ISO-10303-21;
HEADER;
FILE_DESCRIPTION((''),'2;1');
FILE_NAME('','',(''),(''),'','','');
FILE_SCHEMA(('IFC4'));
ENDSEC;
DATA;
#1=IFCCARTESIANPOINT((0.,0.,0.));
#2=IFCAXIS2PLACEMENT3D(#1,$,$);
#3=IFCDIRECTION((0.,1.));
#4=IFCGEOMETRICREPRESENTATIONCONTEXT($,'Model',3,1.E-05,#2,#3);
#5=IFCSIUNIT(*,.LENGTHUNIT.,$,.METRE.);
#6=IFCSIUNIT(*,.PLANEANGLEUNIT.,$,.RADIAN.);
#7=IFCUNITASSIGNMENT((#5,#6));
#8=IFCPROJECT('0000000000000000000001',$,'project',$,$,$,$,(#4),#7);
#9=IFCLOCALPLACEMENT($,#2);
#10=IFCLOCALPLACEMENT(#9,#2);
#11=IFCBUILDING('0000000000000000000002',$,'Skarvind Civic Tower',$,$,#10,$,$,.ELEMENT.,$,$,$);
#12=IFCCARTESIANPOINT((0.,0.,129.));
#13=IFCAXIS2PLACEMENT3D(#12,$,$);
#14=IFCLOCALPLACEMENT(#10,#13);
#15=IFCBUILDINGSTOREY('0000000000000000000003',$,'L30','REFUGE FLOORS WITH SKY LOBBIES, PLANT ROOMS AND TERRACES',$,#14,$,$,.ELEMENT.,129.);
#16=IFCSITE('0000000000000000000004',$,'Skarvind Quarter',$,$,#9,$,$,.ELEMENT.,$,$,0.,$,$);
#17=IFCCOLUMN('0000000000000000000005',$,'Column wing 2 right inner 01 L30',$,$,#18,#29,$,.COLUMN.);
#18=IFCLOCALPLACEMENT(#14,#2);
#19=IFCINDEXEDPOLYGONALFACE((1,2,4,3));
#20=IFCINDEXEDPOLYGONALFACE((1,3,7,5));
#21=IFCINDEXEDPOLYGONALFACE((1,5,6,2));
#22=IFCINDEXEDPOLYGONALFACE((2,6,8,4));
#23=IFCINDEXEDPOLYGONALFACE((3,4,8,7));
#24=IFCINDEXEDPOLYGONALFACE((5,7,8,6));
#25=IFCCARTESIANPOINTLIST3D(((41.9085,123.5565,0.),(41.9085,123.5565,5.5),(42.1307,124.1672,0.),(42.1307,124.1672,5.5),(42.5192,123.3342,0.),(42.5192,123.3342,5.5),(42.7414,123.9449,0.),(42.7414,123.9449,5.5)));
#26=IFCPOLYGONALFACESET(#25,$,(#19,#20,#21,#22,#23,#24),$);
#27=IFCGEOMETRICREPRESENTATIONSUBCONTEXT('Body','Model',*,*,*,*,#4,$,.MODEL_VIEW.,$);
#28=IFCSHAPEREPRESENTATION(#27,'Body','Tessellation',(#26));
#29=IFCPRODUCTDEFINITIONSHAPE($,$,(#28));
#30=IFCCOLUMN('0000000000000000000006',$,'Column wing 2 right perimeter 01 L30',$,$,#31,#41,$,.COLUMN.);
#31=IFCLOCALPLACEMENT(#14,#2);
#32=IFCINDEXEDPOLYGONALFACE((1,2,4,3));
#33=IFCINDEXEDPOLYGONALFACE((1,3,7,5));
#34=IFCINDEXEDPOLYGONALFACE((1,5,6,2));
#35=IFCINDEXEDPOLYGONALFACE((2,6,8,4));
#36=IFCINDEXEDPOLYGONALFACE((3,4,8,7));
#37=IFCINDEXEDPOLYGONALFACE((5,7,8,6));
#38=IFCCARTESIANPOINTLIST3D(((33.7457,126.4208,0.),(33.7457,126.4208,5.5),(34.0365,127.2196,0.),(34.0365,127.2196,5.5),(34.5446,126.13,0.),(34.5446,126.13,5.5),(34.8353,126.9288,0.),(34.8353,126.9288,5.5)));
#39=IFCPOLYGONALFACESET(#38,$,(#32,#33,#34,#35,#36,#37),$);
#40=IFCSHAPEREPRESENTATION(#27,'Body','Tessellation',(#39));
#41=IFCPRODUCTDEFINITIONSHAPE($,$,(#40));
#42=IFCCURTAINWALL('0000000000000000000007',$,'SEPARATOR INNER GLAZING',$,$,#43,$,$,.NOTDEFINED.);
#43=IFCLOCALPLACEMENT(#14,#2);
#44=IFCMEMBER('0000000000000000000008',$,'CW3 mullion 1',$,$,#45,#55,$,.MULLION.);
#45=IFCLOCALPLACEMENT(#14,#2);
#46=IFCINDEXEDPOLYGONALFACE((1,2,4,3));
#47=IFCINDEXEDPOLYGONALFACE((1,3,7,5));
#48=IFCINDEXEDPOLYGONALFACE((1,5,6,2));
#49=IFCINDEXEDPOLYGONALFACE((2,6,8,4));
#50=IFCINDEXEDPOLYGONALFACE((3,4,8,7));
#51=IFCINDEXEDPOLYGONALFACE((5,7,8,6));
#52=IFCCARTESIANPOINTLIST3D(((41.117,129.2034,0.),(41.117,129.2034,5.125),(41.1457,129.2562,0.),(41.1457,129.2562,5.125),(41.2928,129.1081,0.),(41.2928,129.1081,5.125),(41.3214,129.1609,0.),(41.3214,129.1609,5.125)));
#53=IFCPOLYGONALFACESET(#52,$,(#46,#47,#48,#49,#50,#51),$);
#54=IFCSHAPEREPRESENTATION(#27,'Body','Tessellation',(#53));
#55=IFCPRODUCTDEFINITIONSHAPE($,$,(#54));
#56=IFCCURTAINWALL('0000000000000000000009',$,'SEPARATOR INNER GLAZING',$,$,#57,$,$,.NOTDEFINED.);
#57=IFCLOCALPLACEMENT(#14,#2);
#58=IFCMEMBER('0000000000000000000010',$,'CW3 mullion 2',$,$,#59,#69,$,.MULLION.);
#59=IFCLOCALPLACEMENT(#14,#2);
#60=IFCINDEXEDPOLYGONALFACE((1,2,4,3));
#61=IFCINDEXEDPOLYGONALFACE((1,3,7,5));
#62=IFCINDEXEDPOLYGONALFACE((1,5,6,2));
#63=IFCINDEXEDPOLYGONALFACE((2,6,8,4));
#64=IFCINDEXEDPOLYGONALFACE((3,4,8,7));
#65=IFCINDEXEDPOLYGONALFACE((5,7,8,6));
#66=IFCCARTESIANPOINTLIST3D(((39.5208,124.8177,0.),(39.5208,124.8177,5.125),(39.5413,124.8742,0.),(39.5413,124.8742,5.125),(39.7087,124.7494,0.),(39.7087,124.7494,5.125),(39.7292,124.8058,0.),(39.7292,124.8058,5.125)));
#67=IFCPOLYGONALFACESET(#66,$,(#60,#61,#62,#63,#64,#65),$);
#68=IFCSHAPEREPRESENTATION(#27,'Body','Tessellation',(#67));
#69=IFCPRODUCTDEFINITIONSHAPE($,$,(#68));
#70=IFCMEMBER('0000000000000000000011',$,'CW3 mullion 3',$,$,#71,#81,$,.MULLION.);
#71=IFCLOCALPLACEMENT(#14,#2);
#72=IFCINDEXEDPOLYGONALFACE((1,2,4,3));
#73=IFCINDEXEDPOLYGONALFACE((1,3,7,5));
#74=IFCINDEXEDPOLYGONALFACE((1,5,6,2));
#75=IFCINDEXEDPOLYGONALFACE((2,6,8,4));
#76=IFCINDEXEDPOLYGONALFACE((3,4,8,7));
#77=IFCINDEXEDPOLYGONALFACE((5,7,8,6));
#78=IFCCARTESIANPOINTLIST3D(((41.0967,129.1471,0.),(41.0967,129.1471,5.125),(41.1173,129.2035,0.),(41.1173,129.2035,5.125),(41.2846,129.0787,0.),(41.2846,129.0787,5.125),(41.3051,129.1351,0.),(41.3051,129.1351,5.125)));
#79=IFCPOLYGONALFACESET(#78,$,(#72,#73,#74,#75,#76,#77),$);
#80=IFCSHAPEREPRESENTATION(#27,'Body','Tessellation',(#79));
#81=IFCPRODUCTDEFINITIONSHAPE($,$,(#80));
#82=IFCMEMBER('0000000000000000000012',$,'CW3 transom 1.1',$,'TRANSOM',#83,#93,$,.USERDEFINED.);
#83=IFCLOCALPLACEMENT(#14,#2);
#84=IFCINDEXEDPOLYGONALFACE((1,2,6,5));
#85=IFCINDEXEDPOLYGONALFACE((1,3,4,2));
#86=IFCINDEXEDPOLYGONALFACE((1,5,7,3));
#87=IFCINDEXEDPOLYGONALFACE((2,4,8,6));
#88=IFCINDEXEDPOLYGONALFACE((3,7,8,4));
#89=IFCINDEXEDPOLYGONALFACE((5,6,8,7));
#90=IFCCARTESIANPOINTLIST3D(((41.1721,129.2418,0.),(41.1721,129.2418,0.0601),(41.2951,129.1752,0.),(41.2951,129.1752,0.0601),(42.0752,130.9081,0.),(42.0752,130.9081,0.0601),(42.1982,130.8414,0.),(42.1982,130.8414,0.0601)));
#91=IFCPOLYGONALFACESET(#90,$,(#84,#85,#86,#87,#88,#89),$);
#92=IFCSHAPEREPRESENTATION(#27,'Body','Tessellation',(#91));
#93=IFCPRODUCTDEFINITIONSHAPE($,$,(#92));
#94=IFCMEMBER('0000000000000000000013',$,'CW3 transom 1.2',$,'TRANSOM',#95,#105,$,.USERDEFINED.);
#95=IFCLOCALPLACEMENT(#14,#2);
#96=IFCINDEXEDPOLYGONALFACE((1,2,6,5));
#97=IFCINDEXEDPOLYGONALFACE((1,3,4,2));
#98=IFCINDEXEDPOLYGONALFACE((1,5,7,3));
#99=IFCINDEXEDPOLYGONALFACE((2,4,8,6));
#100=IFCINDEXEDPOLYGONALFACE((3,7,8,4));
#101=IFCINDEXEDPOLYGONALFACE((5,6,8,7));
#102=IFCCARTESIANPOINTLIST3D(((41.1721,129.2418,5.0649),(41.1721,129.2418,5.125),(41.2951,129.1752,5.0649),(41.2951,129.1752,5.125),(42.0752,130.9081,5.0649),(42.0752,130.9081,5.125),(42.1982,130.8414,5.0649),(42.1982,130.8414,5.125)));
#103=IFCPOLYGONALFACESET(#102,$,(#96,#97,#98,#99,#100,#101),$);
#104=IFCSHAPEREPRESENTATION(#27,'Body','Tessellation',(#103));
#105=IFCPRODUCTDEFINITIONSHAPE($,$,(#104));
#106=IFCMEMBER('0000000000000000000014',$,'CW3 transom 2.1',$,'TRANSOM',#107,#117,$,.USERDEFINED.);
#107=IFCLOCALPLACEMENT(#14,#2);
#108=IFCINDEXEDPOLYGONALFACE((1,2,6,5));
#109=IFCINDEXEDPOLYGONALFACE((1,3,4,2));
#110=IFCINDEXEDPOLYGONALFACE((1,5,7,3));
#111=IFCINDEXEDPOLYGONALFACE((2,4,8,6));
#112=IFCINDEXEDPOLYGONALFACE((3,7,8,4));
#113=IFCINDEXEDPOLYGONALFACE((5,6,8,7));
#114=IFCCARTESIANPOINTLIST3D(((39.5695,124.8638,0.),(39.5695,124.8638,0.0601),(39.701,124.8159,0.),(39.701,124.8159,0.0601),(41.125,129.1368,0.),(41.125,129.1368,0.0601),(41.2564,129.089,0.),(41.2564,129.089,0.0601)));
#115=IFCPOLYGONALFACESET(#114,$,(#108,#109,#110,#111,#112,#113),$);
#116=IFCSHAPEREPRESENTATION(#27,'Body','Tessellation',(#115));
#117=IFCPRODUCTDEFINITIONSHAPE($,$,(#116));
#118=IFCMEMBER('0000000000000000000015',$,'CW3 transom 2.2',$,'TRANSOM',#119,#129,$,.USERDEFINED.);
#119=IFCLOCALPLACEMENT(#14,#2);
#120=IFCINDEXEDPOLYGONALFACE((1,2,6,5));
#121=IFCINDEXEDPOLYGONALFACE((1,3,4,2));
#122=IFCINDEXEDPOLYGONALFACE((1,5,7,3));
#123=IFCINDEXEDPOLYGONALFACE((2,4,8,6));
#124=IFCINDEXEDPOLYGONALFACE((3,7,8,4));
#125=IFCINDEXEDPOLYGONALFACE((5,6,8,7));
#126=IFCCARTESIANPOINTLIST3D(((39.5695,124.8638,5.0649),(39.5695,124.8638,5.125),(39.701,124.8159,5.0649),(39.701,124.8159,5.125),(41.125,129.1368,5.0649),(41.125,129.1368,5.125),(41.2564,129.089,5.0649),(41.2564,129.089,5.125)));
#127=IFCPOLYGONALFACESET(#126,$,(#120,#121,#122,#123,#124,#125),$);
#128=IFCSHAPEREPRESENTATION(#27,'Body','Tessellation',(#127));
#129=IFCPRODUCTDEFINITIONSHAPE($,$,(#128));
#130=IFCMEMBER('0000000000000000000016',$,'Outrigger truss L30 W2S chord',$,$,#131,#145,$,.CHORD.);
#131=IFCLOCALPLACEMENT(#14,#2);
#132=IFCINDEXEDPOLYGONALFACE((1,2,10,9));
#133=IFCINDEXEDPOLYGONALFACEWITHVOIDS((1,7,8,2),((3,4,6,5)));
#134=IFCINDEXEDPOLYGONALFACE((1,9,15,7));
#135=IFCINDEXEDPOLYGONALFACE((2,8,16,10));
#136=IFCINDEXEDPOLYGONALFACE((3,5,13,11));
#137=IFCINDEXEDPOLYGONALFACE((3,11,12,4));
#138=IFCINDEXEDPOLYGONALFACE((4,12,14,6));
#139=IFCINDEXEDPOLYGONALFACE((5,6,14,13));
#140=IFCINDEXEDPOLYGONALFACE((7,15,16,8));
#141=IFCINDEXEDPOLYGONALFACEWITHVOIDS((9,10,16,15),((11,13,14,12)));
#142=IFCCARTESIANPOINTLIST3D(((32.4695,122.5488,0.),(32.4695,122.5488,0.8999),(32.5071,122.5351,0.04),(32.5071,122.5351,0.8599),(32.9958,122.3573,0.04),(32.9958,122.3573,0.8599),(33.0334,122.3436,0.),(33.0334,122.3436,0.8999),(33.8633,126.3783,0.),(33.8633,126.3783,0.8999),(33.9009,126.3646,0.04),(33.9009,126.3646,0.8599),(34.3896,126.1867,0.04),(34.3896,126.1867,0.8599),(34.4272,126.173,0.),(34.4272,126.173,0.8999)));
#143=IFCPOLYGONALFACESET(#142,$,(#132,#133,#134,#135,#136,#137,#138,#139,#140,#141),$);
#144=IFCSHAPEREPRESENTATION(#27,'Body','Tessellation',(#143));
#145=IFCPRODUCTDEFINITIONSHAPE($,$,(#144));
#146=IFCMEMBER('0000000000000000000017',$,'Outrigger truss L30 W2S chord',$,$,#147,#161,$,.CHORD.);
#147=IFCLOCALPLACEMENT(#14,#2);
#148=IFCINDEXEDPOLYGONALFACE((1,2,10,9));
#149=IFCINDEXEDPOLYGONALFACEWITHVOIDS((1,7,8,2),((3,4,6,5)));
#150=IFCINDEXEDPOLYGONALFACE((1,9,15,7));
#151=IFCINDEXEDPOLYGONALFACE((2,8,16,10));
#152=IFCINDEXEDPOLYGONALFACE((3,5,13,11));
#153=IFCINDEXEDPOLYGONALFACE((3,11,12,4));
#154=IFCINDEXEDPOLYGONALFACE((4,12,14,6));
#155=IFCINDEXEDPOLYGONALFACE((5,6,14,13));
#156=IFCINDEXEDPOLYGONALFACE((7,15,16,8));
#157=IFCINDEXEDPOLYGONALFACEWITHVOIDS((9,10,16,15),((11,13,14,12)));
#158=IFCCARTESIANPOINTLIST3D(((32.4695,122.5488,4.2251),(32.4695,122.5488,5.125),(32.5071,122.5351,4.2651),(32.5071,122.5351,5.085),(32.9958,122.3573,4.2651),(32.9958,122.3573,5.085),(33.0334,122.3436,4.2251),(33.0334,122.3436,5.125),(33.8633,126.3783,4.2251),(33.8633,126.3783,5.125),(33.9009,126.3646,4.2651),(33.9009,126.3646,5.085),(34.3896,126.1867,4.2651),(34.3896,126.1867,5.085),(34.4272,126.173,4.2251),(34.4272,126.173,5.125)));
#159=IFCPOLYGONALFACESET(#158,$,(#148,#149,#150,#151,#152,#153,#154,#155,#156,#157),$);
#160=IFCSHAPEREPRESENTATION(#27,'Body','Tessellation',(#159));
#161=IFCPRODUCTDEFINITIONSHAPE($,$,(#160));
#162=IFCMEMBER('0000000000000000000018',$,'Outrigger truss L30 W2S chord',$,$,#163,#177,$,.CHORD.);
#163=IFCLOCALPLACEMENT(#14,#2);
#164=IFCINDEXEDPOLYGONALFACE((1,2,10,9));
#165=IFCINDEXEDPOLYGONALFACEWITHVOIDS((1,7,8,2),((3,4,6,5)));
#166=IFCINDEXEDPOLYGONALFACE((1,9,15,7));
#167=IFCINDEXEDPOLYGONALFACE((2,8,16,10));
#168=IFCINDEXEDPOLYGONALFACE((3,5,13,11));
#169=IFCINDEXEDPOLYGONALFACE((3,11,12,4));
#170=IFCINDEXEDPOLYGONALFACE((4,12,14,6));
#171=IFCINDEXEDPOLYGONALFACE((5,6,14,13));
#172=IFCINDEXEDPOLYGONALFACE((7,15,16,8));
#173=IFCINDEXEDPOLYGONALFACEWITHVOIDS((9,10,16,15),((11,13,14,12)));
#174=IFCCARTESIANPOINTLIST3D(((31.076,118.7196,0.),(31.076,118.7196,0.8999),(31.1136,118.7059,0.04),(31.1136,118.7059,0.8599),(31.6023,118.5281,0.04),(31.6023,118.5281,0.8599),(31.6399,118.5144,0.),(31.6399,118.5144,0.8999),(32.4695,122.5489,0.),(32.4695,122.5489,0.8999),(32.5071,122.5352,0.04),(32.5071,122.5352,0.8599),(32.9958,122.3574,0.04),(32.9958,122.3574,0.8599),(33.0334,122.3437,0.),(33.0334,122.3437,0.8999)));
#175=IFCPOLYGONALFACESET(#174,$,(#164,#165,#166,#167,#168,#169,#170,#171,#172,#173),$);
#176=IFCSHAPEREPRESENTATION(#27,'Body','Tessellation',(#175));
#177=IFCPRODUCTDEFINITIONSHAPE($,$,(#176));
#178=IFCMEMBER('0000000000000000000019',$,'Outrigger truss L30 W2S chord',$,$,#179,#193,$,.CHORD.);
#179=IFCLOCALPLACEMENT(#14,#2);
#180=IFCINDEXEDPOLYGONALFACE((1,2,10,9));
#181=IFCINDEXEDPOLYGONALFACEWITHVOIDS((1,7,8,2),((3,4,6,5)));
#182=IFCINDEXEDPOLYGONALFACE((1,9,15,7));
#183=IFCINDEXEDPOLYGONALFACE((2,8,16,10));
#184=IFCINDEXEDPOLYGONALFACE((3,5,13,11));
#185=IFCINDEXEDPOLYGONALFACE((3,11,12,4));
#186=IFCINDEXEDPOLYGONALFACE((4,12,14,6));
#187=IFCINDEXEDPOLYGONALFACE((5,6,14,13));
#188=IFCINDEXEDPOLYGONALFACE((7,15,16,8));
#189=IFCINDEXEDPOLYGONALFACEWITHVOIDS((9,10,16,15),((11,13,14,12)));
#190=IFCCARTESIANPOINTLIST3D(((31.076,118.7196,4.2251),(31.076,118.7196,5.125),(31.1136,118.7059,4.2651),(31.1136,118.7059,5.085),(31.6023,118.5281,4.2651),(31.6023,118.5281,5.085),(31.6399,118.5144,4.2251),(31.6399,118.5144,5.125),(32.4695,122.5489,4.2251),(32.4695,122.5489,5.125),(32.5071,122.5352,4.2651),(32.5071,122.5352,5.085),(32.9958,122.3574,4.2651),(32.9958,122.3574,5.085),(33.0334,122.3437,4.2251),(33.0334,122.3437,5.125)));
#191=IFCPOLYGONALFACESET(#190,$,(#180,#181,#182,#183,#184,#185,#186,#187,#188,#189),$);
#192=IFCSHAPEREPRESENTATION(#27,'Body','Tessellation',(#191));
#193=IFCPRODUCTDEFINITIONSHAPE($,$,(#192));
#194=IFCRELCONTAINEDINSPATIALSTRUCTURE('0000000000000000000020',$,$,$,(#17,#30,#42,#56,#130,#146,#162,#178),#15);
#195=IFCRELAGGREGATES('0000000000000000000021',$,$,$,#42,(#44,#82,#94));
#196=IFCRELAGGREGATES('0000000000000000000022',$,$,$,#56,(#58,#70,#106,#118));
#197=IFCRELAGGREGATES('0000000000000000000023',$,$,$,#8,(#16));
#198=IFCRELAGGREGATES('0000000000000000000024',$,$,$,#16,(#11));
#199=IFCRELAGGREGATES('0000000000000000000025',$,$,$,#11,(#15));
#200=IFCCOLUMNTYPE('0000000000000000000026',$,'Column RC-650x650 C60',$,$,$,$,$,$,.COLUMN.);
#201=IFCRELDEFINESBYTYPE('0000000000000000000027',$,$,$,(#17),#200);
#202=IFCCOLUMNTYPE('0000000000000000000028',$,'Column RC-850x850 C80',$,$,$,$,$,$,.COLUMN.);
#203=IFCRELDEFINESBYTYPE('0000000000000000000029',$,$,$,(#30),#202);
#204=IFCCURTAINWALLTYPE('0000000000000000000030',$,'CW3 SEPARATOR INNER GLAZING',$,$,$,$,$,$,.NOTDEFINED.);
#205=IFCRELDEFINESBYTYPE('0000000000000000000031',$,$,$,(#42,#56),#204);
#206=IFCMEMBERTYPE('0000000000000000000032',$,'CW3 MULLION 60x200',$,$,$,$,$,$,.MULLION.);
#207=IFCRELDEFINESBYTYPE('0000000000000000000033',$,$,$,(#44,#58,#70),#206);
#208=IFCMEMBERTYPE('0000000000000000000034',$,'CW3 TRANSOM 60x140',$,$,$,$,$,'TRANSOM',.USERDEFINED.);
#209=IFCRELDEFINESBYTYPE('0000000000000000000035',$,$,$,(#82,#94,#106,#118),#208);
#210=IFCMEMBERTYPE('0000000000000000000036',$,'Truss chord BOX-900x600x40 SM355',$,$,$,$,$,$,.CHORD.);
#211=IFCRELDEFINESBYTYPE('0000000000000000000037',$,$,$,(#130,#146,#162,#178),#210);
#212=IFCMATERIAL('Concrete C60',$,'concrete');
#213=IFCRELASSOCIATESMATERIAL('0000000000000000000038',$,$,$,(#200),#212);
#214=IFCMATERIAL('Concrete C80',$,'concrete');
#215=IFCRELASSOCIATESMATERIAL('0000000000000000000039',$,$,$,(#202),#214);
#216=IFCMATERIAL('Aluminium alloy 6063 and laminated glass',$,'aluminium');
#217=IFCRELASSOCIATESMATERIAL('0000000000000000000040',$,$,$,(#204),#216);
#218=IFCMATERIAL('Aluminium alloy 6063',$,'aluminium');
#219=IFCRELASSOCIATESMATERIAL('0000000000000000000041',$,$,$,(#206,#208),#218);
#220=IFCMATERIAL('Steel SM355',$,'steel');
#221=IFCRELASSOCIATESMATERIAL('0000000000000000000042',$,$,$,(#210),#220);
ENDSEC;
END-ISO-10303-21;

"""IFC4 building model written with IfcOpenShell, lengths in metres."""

from ifc_helpers import new_model, si_unit, direction, frame, origin, origin_2d, place, context, subcontext, project, spatial, rectangle, hollow_rectangle, extrude, material, material_profile, profile_set, type_object, element, aggregate, save


model = new_model("IFC4")

# Units and contexts
model_context = context("Model", 3, precision=1e-05, world=origin(), true_north=direction((0.0, 1.0)))
body_context = subcontext(model_context, "Body", "Model", "MODEL_VIEW")
ifc_project = project(units=[si_unit("LENGTHUNIT", "METRE"), si_unit("PLANEANGLEUNIT", "RADIAN")], contexts=[model_context])

# Site, building, storey
site_placement = place(None, origin())
site = spatial("IfcSite", under=ifc_project, at=site_placement, Name="Skarvind Quarter", CompositionType="ELEMENT", RefElevation=0.0)
building_placement = place(site_placement, origin())
building = spatial("IfcBuilding", under=site, at=building_placement, Name="Skarvind Civic Tower", CompositionType="ELEMENT")
storey_placement = place(building_placement, frame((0.0, 0.0, 129.0)))
storey = spatial("IfcBuildingStorey", under=building, at=storey_placement, Name="L30", Description="REFUGE FLOORS WITH SKY LOBBIES, PLANT ROOMS AND TERRACES", CompositionType="ELEMENT", Elevation=129.0)

# Columns
ifc_material_1 = material(Name="Concrete C60", Category="concrete")
ifc_material_profile_1 = material_profile(ifc_material_1, rectangle(XDim=0.6499, YDim=0.6499, at=origin_2d()), Name="RC-650x650")
ifc_profile_set_1 = profile_set([ifc_material_profile_1], Name="Concrete C60")
column_type_1 = type_object("IfcColumnType", Name="Column RC-650x650 C60", PredefinedType="COLUMN", material=ifc_profile_set_1)
column_1_placement = place(storey_placement, frame((42.325, 123.7507, 0.0), z_axis=(0.0, 0.0, 1.0), x_axis=(-0.34202, -0.939693, 0.0)))
element("IfcColumn", 1, at=column_1_placement, inside=storey, type_object=column_type_1, Name="Column wing 2 right inner 01 L30", PredefinedType="COLUMN", context=body_context, shape_type="SweptSolid", body=[
    extrude(rectangle(XDim=0.6499, YDim=0.6499, at=origin_2d()), origin(), (0.0, 0.0, 1.0), 5.5),
])
ifc_material_2 = material(Name="Concrete C80", Category="concrete")
ifc_material_profile_2 = material_profile(ifc_material_2, rectangle(XDim=0.8501, YDim=0.8501, at=origin_2d()), Name="RC-850x850")
ifc_profile_set_2 = profile_set([ifc_material_profile_2], Name="Concrete C80")
column_type_2 = type_object("IfcColumnType", Name="Column RC-850x850 C80", PredefinedType="COLUMN", material=ifc_profile_set_2)
column_2_placement = place(storey_placement, frame((34.2905, 126.6748, 0.0), z_axis=(0.0, 0.0, 1.0), x_axis=(-0.34202, -0.939693, 0.0)))
element("IfcColumn", 2, at=column_2_placement, inside=storey, type_object=column_type_2, Name="Column wing 2 right perimeter 01 L30", PredefinedType="COLUMN", context=body_context, shape_type="SweptSolid", body=[
    extrude(rectangle(XDim=0.8501, YDim=0.8501, at=origin_2d()), origin(), (0.0, 0.0, 1.0), 5.5),
])

# Curtain wall, member
ifc_material_3 = material(Name="Aluminium alloy 6063 and laminated glass", Category="aluminium")
curtain_wall_type = type_object("IfcCurtainWallType", Name="CW3 SEPARATOR INNER GLAZING", PredefinedType="NOTDEFINED", material=ifc_material_3)
curtain_wall_1_placement = place(storey_placement, origin())
curtain_wall_1 = element("IfcCurtainWall", 3, at=curtain_wall_1_placement, inside=storey, type_object=curtain_wall_type, Name="SEPARATOR INNER GLAZING", PredefinedType="NOTDEFINED")
ifc_material_4 = material(Name="Aluminium alloy 6063", Category="aluminium")
ifc_material_profile_3 = material_profile(ifc_material_4, rectangle(XDim=0.2, YDim=0.0601, at=origin_2d()), Name="AL 60x200")
ifc_profile_set_3 = profile_set([ifc_material_profile_3], Name="Aluminium alloy 6063")
member_type_1 = type_object("IfcMemberType", Name="CW3 MULLION 60x200", PredefinedType="MULLION", material=ifc_profile_set_3)
member_1_placement = place(storey_placement, frame((41.2192, 129.1821, 0.0), z_axis=(0.0, 0.0, 1.0), x_axis=(-0.87915, 0.476545, 0.0)))
member_1 = element("IfcMember", 4, at=member_1_placement, type_object=member_type_1, Name="CW3 mullion 1", PredefinedType="MULLION", context=body_context, shape_type="SweptSolid", body=[
    extrude(rectangle(XDim=0.2, YDim=0.0601, at=origin_2d()), origin(), (0.0, 0.0, 1.0), 5.125),
])

# Curtain wall, members
curtain_wall_2_placement = place(storey_placement, origin())
curtain_wall_2 = element("IfcCurtainWall", 5, at=curtain_wall_2_placement, inside=storey, type_object=curtain_wall_type, Name="SEPARATOR INNER GLAZING", PredefinedType="NOTDEFINED")
member_2_placement = place(storey_placement, frame((39.625, 124.8118, 0.0), z_axis=(0.0, 0.0, 1.0), x_axis=(-0.93969, 0.342026, 0.0)))
member_2 = element("IfcMember", 6, at=member_2_placement, type_object=member_type_1, Name="CW3 mullion 2", PredefinedType="MULLION", context=body_context, shape_type="SweptSolid", body=[
    extrude(rectangle(XDim=0.2, YDim=0.0601, at=origin_2d()), origin(), (0.0, 0.0, 1.0), 5.125),
])
member_3_placement = place(storey_placement, frame((41.2009, 129.1411, 0.0), z_axis=(0.0, 0.0, 1.0), x_axis=(-0.93969, 0.342026, 0.0)))
member_3 = element("IfcMember", 7, at=member_3_placement, type_object=member_type_1, Name="CW3 mullion 3", PredefinedType="MULLION", context=body_context, shape_type="SweptSolid", body=[
    extrude(rectangle(XDim=0.2, YDim=0.0601, at=origin_2d()), origin(), (0.0, 0.0, 1.0), 5.125),
])

# Members
ifc_material_profile_4 = material_profile(ifc_material_4, rectangle(XDim=0.1399, YDim=0.0601, at=origin_2d()), Name="AL 60x140")
ifc_profile_set_4 = profile_set([ifc_material_profile_4], Name="Aluminium alloy 6063")
member_type_2 = type_object("IfcMemberType", Name="CW3 TRANSOM 60x140", ElementType="TRANSOM", PredefinedType="USERDEFINED", material=ifc_profile_set_4)
member_4_placement = place(storey_placement, frame((41.2336, 129.2085, 0.03), z_axis=(0.476495, 0.879177, 0.0), x_axis=(-0.879177, 0.476495, 0.0)))
member_4 = element("IfcMember", 8, at=member_4_placement, type_object=member_type_2, Name="CW3 transom 1.1", ObjectType="TRANSOM", PredefinedType="USERDEFINED", context=body_context, shape_type="SweptSolid", body=[
    extrude(rectangle(XDim=0.1399, YDim=0.0601, at=origin_2d()), origin(), (0.0, 0.0, 1.0), 1.8953),
])
member_5_placement = place(storey_placement, frame((41.2336, 129.2085, 5.095), z_axis=(0.476495, 0.879177, 0.0), x_axis=(-0.879177, 0.476495, 0.0)))
member_5 = element("IfcMember", 9, at=member_5_placement, type_object=member_type_2, Name="CW3 transom 1.2", ObjectType="TRANSOM", PredefinedType="USERDEFINED", context=body_context, shape_type="SweptSolid", body=[
    extrude(rectangle(XDim=0.1399, YDim=0.0601, at=origin_2d()), origin(), (0.0, 0.0, 1.0), 1.8953),
])
aggregate(curtain_wall_1, [member_1, member_4, member_5])
member_6_placement = place(storey_placement, frame((39.6353, 124.8398, 0.03), z_axis=(0.342058, 0.939679, 0.0), x_axis=(-0.939679, 0.342058, 0.0)))
member_6 = element("IfcMember", 10, at=member_6_placement, type_object=member_type_2, Name="CW3 transom 2.1", ObjectType="TRANSOM", PredefinedType="USERDEFINED", context=body_context, shape_type="SweptSolid", body=[
    extrude(rectangle(XDim=0.1399, YDim=0.0601, at=origin_2d()), origin(), (0.0, 0.0, 1.0), 4.5474),
])
member_7_placement = place(storey_placement, frame((39.6353, 124.8398, 5.095), z_axis=(0.342058, 0.939679, 0.0), x_axis=(-0.939679, 0.342058, 0.0)))
member_7 = element("IfcMember", 11, at=member_7_placement, type_object=member_type_2, Name="CW3 transom 2.2", ObjectType="TRANSOM", PredefinedType="USERDEFINED", context=body_context, shape_type="SweptSolid", body=[
    extrude(rectangle(XDim=0.1399, YDim=0.0601, at=origin_2d()), origin(), (0.0, 0.0, 1.0), 4.5474),
])

# Members
ifc_material_5 = material(Name="Steel SM355", Category="steel")
ifc_material_profile_5 = material_profile(ifc_material_5, hollow_rectangle(XDim=0.6001, YDim=0.8999, WallThickness=0.04, at=origin_2d()), Name="BOX-900x600x40")
ifc_profile_set_5 = profile_set([ifc_material_profile_5], Name="Steel SM355")
member_type_3 = type_object("IfcMemberType", Name="Truss chord BOX-900x600x40 SM355", PredefinedType="CHORD", material=ifc_profile_set_5)
for number, where, z_axis, x_axis, name in (
    (12, (34.1453, 126.2756, 0.45), (-0.342027, -0.93969, 0.0), (0.93969, -0.342027, 0.0), "Outrigger truss L30 W2S chord"),
    (13, (34.1453, 126.2756, 4.675), (-0.342027, -0.93969, 0.0), (0.93969, -0.342027, 0.0), "Outrigger truss L30 W2S chord"),
):
    element("IfcMember", number, at=place(storey_placement, frame(where, z_axis=z_axis, x_axis=x_axis)), inside=storey, type_object=member_type_3, Name=name, PredefinedType="CHORD", context=body_context, shape_type="SweptSolid", body=[
        extrude(hollow_rectangle(XDim=0.6001, YDim=0.8999, WallThickness=0.04, at=origin_2d()), origin(), (0.0, 0.0, 1.0), 4.0752),
    ])
for number, where, z_axis, x_axis, name in (
    (14, (32.7515, 122.4463, 0.45), (-0.341974, -0.939709, 0.0), (0.939709, -0.341974, 0.0), "Outrigger truss L30 W2S chord"),
    (15, (32.7515, 122.4463, 4.675), (-0.341974, -0.939709, 0.0), (0.939709, -0.341974, 0.0), "Outrigger truss L30 W2S chord"),
):
    element("IfcMember", number, at=place(storey_placement, frame(where, z_axis=z_axis, x_axis=x_axis)), inside=storey, type_object=member_type_3, Name=name, PredefinedType="CHORD", context=body_context, shape_type="SweptSolid", body=[
        extrude(hollow_rectangle(XDim=0.6001, YDim=0.8999, WallThickness=0.04, at=origin_2d()), origin(), (0.0, 0.0, 1.0), 4.075),
    ])

aggregate(curtain_wall_2, [member_2, member_3, member_6, member_7])

save(model, "model.ifc")
